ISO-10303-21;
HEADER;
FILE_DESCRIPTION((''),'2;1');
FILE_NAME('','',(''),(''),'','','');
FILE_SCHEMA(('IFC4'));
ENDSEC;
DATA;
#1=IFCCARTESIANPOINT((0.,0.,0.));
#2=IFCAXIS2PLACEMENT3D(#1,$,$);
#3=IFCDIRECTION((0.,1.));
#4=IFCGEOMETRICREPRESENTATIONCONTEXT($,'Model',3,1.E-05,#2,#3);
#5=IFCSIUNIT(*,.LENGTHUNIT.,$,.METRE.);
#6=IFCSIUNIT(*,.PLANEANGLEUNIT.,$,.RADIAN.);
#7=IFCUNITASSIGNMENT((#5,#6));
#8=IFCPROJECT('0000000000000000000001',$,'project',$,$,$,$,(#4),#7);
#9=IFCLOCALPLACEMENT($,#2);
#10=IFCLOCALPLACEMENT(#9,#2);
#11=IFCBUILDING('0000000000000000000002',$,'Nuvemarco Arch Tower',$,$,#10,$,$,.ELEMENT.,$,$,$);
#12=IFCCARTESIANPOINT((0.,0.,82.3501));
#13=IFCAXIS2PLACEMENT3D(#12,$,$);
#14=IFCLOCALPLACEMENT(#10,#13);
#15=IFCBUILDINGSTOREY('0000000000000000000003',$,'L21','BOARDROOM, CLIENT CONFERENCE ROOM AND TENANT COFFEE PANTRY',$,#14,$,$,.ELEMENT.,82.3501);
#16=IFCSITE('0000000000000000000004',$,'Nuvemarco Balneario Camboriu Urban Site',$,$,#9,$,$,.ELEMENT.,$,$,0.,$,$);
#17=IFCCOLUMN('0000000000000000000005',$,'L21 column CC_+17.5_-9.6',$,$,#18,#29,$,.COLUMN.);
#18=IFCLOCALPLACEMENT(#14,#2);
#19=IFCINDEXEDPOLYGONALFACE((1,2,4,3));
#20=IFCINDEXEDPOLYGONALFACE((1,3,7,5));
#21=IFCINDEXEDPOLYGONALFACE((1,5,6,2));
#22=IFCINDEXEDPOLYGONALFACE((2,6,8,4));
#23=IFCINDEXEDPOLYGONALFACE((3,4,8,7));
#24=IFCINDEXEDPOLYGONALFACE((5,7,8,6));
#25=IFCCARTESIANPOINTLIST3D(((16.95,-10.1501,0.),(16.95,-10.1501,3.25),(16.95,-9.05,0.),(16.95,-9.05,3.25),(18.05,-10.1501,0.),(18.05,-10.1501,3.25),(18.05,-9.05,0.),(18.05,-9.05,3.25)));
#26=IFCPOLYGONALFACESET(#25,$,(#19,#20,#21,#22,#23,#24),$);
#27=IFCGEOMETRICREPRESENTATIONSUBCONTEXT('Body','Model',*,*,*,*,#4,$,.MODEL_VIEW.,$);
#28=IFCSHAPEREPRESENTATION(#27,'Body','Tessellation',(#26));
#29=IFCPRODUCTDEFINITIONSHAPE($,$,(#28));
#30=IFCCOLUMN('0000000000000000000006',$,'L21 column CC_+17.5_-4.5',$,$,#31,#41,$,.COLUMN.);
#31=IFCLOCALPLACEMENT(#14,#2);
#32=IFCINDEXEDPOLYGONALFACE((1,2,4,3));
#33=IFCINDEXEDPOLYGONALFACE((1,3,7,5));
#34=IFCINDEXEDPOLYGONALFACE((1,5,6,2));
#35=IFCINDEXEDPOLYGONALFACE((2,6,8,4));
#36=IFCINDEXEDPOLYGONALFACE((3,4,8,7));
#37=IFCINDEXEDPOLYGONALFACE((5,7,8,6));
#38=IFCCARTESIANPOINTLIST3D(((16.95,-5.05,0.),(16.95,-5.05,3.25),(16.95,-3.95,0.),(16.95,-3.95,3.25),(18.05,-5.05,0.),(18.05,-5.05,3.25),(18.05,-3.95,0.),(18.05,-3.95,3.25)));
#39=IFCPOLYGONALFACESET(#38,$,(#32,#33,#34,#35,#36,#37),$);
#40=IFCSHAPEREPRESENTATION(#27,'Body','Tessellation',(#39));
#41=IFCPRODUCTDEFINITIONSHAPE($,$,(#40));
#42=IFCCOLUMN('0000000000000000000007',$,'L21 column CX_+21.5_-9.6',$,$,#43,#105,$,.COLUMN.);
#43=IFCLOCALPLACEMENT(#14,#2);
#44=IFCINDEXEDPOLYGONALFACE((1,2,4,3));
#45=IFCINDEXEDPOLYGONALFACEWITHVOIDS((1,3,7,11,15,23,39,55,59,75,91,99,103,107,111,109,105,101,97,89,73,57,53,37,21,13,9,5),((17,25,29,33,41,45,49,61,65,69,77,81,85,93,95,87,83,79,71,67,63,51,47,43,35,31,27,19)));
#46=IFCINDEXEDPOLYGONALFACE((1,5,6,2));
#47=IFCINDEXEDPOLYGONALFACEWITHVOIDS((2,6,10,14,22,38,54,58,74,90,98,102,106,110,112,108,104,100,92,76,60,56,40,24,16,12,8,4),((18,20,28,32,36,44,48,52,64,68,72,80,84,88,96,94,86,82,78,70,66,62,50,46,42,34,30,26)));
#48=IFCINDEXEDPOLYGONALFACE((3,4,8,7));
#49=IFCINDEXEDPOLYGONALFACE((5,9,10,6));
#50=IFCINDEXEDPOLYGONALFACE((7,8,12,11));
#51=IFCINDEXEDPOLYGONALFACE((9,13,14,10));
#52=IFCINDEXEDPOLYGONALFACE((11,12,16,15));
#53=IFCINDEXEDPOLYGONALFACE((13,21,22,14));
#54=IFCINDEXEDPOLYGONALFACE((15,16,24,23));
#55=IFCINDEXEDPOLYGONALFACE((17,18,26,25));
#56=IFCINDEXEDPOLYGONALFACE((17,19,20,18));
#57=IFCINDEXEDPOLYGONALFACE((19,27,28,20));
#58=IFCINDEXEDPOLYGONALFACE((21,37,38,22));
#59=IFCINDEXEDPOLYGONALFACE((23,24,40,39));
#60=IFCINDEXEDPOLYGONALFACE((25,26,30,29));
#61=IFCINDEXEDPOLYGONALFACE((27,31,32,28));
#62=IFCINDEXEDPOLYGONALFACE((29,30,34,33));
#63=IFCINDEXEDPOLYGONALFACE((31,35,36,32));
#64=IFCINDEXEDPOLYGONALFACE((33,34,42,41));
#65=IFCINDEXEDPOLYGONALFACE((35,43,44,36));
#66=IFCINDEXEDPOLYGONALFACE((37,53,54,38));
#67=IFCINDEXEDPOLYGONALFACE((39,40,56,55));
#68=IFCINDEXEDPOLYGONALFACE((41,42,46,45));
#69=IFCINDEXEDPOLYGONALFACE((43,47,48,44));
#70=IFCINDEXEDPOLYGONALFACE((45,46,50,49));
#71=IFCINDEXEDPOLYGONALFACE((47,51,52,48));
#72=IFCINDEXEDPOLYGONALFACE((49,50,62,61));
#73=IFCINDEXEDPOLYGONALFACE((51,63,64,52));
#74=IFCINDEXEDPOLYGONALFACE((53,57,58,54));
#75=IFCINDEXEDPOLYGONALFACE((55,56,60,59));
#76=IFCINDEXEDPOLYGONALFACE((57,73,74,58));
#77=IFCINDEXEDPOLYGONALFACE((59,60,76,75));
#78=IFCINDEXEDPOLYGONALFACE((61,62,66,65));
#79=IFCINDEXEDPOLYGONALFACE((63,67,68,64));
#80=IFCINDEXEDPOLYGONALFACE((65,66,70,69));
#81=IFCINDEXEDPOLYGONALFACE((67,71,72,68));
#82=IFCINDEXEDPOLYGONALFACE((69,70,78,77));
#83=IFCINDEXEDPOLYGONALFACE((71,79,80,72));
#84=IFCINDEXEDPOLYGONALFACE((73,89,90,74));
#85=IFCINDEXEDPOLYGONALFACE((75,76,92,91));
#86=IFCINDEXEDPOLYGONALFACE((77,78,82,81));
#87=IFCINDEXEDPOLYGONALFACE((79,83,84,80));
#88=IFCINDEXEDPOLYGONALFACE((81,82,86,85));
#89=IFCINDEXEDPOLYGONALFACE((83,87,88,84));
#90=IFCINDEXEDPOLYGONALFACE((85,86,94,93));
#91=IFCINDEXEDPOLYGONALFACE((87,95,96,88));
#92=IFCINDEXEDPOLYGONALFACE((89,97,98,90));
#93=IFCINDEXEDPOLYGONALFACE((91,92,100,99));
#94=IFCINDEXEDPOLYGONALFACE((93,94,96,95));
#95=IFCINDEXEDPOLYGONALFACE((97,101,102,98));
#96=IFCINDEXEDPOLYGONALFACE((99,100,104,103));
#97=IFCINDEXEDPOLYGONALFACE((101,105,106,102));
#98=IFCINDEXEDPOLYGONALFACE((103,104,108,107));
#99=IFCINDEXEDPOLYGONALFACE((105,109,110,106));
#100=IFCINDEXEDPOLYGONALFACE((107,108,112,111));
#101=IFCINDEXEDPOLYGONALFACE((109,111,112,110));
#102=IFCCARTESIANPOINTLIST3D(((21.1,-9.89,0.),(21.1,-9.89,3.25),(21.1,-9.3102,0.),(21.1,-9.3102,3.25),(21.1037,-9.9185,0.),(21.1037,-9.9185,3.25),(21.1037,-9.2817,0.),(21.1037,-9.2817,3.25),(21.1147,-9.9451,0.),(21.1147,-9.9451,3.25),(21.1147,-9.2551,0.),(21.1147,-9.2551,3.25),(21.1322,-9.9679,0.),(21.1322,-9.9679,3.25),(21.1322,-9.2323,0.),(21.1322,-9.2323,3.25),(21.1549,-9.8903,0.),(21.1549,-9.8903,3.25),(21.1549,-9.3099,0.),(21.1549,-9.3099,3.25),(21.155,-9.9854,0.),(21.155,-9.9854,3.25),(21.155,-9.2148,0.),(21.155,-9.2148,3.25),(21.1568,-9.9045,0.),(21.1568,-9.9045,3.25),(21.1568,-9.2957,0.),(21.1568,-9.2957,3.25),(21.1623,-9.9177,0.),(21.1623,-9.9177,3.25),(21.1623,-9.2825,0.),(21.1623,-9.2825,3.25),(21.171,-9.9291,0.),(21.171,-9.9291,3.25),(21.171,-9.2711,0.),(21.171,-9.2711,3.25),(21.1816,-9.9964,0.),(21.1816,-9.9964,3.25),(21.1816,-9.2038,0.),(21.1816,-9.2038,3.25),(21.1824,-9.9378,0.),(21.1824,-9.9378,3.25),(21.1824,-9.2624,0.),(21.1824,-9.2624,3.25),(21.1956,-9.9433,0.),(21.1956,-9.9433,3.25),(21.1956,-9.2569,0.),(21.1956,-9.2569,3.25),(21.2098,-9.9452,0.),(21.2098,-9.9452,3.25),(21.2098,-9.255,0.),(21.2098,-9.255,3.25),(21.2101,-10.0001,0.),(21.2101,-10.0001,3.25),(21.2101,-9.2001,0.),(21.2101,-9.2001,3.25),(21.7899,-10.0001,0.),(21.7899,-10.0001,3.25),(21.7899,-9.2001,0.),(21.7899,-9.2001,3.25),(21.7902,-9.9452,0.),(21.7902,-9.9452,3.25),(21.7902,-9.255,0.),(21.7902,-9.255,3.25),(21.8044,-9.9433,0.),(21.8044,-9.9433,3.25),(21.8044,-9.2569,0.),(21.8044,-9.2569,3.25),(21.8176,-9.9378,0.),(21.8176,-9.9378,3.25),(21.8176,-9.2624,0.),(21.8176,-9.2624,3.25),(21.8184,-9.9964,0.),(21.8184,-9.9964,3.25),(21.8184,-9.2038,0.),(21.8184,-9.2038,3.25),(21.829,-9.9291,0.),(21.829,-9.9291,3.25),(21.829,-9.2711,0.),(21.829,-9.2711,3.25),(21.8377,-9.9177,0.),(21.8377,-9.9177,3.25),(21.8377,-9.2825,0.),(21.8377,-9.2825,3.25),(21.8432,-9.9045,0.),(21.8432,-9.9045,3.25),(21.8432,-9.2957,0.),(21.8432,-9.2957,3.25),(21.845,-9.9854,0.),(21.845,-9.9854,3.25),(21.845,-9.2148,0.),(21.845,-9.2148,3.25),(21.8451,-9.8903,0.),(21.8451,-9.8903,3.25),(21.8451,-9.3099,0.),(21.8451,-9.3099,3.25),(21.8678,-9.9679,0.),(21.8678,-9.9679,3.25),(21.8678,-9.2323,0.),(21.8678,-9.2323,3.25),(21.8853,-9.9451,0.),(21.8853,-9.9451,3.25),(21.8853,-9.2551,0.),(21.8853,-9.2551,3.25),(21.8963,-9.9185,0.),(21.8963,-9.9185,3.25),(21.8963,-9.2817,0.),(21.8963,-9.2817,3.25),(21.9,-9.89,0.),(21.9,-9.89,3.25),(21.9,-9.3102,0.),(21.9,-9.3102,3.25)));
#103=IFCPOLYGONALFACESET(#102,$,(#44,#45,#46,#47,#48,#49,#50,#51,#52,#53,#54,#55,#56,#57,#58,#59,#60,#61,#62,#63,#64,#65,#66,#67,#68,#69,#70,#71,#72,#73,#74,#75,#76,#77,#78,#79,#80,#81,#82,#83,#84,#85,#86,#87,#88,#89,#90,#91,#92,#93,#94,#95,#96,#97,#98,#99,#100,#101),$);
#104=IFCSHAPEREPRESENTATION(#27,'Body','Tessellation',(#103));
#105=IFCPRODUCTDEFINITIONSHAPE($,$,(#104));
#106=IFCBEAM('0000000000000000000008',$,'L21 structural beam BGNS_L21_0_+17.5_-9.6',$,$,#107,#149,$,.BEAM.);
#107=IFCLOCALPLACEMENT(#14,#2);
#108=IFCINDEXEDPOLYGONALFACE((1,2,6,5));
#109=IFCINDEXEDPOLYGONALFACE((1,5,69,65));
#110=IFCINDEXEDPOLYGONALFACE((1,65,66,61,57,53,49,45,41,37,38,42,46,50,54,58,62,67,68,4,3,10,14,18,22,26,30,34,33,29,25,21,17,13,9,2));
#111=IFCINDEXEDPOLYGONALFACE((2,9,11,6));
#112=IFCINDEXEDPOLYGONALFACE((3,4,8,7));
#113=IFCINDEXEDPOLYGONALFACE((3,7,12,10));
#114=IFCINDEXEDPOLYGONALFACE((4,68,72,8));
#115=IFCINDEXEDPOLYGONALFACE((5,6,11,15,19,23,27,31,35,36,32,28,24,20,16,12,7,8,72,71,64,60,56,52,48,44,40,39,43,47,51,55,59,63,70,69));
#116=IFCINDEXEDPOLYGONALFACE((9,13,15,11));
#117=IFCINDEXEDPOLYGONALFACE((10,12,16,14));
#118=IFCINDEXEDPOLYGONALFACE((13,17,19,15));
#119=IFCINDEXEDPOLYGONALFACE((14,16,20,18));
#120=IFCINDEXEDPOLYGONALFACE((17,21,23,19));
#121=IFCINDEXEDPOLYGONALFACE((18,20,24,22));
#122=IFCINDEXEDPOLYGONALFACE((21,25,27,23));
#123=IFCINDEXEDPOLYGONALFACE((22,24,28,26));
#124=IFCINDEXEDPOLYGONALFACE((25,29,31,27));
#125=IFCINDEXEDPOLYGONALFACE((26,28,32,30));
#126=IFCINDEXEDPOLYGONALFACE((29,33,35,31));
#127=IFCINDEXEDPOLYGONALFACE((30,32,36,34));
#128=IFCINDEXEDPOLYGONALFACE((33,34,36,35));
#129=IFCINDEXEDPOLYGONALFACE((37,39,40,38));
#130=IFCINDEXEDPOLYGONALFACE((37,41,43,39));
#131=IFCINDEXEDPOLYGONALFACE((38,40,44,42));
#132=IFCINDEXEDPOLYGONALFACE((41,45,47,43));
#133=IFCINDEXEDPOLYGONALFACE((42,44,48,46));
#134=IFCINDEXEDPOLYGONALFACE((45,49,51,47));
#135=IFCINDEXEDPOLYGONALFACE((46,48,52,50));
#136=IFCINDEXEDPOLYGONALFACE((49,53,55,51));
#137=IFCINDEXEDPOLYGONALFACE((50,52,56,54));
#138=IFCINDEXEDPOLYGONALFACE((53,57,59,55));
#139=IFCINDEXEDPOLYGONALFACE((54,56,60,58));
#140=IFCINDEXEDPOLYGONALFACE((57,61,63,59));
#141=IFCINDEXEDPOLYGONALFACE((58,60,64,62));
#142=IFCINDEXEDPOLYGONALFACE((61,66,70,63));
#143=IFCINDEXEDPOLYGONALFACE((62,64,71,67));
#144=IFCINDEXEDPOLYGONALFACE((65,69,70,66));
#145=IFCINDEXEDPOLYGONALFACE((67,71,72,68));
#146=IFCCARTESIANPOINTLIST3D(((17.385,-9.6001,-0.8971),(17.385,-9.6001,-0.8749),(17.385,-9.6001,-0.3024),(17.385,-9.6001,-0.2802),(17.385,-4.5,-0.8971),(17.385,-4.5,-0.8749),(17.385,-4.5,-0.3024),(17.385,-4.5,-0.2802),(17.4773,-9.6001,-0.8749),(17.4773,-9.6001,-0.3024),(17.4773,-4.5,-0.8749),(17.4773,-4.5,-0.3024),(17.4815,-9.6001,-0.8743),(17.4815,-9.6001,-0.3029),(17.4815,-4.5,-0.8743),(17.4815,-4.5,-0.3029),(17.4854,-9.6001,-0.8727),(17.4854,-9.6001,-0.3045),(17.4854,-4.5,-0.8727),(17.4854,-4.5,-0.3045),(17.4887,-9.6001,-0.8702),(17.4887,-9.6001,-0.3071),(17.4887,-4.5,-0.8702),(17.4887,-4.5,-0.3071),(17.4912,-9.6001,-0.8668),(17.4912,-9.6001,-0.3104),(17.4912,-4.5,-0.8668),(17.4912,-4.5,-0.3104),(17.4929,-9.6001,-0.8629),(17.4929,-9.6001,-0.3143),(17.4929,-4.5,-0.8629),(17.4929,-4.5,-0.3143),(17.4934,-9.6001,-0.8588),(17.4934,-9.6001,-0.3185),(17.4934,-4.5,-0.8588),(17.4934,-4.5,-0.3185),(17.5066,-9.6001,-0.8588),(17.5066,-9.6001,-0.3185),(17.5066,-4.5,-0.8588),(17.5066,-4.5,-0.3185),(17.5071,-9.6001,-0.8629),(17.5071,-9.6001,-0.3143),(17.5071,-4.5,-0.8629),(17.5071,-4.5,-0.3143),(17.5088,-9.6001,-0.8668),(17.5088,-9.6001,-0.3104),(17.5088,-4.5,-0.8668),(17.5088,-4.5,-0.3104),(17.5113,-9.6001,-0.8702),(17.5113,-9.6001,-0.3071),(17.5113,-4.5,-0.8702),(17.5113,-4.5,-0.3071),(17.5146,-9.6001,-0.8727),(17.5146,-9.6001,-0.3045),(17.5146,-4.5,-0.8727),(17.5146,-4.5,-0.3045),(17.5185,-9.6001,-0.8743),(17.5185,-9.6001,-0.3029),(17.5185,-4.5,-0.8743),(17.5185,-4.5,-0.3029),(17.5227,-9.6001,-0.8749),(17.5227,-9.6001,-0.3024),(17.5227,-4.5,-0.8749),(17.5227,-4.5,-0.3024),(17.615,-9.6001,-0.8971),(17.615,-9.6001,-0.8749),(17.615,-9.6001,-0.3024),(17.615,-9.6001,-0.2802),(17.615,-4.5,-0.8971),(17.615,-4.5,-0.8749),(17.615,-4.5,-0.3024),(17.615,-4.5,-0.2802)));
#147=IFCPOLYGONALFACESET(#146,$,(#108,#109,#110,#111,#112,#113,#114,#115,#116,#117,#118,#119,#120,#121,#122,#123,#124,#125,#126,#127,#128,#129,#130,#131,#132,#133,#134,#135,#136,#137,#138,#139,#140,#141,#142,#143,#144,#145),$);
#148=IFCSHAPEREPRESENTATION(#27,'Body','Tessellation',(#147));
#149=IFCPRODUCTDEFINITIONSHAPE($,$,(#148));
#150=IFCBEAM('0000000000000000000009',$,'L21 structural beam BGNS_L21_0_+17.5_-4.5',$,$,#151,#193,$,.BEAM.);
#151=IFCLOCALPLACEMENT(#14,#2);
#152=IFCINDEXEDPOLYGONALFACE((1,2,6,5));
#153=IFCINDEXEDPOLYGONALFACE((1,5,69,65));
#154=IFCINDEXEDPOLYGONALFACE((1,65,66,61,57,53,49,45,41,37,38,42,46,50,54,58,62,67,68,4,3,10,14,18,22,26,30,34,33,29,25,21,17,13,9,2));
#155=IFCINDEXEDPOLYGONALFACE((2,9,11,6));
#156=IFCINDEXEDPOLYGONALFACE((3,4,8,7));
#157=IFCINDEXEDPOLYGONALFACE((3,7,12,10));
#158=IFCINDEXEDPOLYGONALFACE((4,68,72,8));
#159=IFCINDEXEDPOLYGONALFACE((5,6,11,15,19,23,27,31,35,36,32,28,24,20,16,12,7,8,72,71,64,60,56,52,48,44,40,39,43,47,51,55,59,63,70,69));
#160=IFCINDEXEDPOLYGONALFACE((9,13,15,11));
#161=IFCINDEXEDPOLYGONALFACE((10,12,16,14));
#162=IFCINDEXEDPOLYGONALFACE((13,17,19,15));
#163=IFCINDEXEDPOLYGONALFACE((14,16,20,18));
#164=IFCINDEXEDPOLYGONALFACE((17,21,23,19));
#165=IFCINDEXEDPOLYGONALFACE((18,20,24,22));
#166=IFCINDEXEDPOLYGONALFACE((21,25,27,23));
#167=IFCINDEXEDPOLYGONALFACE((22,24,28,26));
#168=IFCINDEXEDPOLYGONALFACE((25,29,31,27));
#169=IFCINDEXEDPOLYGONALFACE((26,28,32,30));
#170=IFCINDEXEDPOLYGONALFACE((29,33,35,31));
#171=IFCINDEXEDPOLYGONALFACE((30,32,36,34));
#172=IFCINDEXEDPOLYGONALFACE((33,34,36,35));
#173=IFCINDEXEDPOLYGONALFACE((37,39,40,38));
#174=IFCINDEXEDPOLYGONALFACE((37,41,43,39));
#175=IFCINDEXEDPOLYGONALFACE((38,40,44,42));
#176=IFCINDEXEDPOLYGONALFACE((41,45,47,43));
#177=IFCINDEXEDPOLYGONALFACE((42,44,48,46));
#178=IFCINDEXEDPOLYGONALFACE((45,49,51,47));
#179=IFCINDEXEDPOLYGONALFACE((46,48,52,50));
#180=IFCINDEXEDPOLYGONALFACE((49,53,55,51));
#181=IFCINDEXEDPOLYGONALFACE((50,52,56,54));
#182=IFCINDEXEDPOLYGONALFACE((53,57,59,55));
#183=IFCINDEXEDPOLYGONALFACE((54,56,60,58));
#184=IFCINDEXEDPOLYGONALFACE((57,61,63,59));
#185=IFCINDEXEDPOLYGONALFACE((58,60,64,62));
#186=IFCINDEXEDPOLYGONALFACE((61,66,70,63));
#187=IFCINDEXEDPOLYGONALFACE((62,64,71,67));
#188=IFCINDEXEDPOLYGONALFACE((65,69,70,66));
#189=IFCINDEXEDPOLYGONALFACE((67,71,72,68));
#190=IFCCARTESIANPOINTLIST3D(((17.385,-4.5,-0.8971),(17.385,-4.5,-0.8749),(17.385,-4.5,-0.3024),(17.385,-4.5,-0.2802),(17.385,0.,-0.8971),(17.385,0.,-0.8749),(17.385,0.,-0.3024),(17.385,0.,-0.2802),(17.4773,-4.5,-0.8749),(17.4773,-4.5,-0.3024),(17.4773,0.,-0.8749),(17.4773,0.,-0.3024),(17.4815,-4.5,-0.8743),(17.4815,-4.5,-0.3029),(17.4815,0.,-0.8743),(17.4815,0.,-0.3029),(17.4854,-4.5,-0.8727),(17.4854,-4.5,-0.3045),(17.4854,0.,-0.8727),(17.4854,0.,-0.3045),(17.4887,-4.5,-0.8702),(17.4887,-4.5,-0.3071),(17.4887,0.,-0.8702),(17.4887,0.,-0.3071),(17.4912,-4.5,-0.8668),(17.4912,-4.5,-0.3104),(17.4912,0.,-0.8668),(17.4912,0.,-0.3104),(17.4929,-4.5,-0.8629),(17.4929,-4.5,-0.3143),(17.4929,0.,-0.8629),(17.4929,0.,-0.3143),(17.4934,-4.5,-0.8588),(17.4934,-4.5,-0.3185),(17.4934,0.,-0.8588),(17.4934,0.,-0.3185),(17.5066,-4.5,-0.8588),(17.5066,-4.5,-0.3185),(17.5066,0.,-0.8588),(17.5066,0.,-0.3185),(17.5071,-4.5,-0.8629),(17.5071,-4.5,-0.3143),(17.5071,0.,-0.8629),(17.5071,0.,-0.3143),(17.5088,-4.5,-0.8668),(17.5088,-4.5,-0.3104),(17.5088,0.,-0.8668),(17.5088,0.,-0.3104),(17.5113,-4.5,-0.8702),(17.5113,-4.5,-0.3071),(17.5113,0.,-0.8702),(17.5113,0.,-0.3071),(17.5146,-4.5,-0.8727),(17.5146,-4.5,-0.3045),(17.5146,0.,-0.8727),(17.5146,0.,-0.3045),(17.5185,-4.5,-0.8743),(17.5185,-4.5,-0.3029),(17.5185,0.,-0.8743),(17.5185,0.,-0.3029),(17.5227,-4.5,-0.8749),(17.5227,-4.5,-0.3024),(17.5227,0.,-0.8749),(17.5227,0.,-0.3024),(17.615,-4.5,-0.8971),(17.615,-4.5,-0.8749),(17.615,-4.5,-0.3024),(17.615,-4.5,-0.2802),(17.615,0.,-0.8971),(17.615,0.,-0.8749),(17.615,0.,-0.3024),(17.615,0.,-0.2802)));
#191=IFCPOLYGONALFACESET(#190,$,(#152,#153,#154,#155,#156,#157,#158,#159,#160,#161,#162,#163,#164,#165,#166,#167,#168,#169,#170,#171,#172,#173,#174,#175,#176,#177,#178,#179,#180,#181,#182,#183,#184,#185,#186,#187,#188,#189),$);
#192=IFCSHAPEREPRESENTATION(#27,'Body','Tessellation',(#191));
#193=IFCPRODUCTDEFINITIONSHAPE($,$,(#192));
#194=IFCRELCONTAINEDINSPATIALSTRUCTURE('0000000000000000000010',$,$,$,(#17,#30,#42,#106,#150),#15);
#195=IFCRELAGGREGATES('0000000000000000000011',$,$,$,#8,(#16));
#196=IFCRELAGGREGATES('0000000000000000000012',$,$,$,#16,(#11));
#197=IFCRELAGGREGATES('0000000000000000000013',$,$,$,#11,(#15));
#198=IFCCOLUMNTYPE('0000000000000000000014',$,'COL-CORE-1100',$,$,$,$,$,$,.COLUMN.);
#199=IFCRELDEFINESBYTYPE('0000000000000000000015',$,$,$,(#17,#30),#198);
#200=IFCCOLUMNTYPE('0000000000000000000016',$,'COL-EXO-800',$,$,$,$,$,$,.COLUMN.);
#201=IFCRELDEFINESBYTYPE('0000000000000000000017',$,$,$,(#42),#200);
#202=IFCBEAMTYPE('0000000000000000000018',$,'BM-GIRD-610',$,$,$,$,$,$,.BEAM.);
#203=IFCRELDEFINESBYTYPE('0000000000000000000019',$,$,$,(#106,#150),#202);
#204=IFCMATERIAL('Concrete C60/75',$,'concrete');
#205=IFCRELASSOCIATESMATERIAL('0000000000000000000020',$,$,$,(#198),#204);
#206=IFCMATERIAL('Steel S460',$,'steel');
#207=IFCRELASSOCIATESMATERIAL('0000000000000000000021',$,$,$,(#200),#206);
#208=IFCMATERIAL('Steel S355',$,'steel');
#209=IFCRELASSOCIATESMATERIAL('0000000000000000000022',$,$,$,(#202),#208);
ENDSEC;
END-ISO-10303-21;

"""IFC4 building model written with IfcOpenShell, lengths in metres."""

from ifc_helpers import new_model, si_unit, direction, frame, origin, origin_2d, place, context, subcontext, project, spatial, rectangle, hollow_rectangle, i_section, extrude, material, material_profile, profile_set, type_object, element, save


model = new_model("IFC4")

# Units and contexts
model_context = context("Model", 3, precision=1e-05, world=origin(), true_north=direction((0.0, 1.0)))
body_context = subcontext(model_context, "Body", "Model", "MODEL_VIEW")
ifc_project = project(units=[si_unit("LENGTHUNIT", "METRE"), si_unit("PLANEANGLEUNIT", "RADIAN")], contexts=[model_context])

# Site, building, storey
site_placement = place(None, origin())
site = spatial("IfcSite", under=ifc_project, at=site_placement, Name="Nuvemarco Balneario Camboriu Urban Site", CompositionType="ELEMENT", RefElevation=0.0)
building_placement = place(site_placement, origin())
building = spatial("IfcBuilding", under=site, at=building_placement, Name="Nuvemarco Arch Tower", CompositionType="ELEMENT")
storey_placement = place(building_placement, frame((0.0, 0.0, 82.3501)))
storey = spatial("IfcBuildingStorey", under=building, at=storey_placement, Name="L21", Description="BOARDROOM, CLIENT CONFERENCE ROOM AND TENANT COFFEE PANTRY", CompositionType="ELEMENT", Elevation=82.3501)

# Columns
ifc_material_1 = material(Name="Concrete C60/75", Category="concrete")
ifc_material_profile_1 = material_profile(ifc_material_1, rectangle(XDim=1.1001, YDim=1.1001, at=origin_2d()), Name="RC-COL-1100x1100")
ifc_profile_set_1 = profile_set([ifc_material_profile_1], Name="Concrete C60/75")
column_type_1 = type_object("IfcColumnType", Name="COL-CORE-1100", PredefinedType="COLUMN", material=ifc_profile_set_1)
for number, where, z_axis, x_axis, name in (
    (1, (17.5, -9.6001, 0.0), (0.0, 0.0, 1.0), (1.0, 0.0, 0.0), "L21 column CC_+17.5_-9.6"),
    (2, (17.5, -4.5, 0.0), (0.0, 0.0, 1.0), (1.0, 0.0, 0.0), "L21 column CC_+17.5_-4.5"),
):
    element("IfcColumn", number, at=place(storey_placement, frame(where, z_axis=z_axis, x_axis=x_axis)), inside=storey, type_object=column_type_1, Name=name, PredefinedType="COLUMN", context=body_context, shape_type="SweptSolid", body=[
        extrude(rectangle(XDim=1.1001, YDim=1.1001, at=origin_2d()), origin(), (0.0, 0.0, 1.0), 3.25),
    ])
ifc_material_2 = material(Name="Steel S460", Category="steel")
ifc_material_profile_2 = material_profile(ifc_material_2, hollow_rectangle(XDim=0.8, YDim=0.8, WallThickness=0.0549, InnerFilletRadius=0.0549, OuterFilletRadius=0.1101, at=origin_2d()), Name="SHS800x800x55")
ifc_profile_set_2 = profile_set([ifc_material_profile_2], Name="Steel S460")
column_type_2 = type_object("IfcColumnType", Name="COL-EXO-800", PredefinedType="COLUMN", material=ifc_profile_set_2)
column_placement = place(storey_placement, frame((21.5, -9.6001, 0.0), z_axis=(0.0, 0.0, 1.0), x_axis=(1.0, 0.0, 0.0)))
element("IfcColumn", 3, at=column_placement, inside=storey, type_object=column_type_2, Name="L21 column CX_+21.5_-9.6", PredefinedType="COLUMN", context=body_context, shape_type="SweptSolid", body=[
    extrude(hollow_rectangle(XDim=0.8, YDim=0.8, WallThickness=0.0549, InnerFilletRadius=0.0549, OuterFilletRadius=0.1101, at=origin_2d()), origin(), (0.0, 0.0, 1.0), 3.25),
])

# Beams
ifc_material_3 = material(Name="Steel S355", Category="steel")
ifc_material_profile_3 = material_profile(ifc_material_3, i_section(OverallWidth=0.23, OverallDepth=0.6169, WebThickness=0.0132, FlangeThickness=0.0222, FilletRadius=0.0161, at=origin_2d()), Name="W610x140")
ifc_profile_set_3 = profile_set([ifc_material_profile_3], Name="Steel S355")
beam_type_1 = type_object("IfcBeamType", Name="BM-GIRD-610", PredefinedType="BEAM", material=ifc_profile_set_3)
beam_1_placement = place(storey_placement, frame((17.5, -9.6001, -0.5886), z_axis=(0.0, 1.0, 0.0), x_axis=(-1.0, 0.0, 0.0)))
element("IfcBeam", 4, at=beam_1_placement, inside=storey, type_object=beam_type_1, Name="L21 structural beam BGNS_L21_0_+17.5_-9.6", PredefinedType="BEAM", context=body_context, shape_type="SweptSolid", body=[
    extrude(i_section(OverallWidth=0.23, OverallDepth=0.6169, WebThickness=0.0132, FlangeThickness=0.0222, FilletRadius=0.0161, at=origin_2d()), origin(), (0.0, 0.0, 1.0), 5.1001),
])
beam_2_placement = place(storey_placement, frame((17.5, -4.5, -0.5886), z_axis=(0.0, 1.0, 0.0), x_axis=(-1.0, 0.0, 0.0)))
element("IfcBeam", 5, at=beam_2_placement, inside=storey, type_object=beam_type_1, Name="L21 structural beam BGNS_L21_0_+17.5_-4.5", PredefinedType="BEAM", context=body_context, shape_type="SweptSolid", body=[
    extrude(i_section(OverallWidth=0.23, OverallDepth=0.6169, WebThickness=0.0132, FlangeThickness=0.0222, FilletRadius=0.0161, at=origin_2d()), origin(), (0.0, 0.0, 1.0), 4.5),
])

save(model, "model.ifc")
